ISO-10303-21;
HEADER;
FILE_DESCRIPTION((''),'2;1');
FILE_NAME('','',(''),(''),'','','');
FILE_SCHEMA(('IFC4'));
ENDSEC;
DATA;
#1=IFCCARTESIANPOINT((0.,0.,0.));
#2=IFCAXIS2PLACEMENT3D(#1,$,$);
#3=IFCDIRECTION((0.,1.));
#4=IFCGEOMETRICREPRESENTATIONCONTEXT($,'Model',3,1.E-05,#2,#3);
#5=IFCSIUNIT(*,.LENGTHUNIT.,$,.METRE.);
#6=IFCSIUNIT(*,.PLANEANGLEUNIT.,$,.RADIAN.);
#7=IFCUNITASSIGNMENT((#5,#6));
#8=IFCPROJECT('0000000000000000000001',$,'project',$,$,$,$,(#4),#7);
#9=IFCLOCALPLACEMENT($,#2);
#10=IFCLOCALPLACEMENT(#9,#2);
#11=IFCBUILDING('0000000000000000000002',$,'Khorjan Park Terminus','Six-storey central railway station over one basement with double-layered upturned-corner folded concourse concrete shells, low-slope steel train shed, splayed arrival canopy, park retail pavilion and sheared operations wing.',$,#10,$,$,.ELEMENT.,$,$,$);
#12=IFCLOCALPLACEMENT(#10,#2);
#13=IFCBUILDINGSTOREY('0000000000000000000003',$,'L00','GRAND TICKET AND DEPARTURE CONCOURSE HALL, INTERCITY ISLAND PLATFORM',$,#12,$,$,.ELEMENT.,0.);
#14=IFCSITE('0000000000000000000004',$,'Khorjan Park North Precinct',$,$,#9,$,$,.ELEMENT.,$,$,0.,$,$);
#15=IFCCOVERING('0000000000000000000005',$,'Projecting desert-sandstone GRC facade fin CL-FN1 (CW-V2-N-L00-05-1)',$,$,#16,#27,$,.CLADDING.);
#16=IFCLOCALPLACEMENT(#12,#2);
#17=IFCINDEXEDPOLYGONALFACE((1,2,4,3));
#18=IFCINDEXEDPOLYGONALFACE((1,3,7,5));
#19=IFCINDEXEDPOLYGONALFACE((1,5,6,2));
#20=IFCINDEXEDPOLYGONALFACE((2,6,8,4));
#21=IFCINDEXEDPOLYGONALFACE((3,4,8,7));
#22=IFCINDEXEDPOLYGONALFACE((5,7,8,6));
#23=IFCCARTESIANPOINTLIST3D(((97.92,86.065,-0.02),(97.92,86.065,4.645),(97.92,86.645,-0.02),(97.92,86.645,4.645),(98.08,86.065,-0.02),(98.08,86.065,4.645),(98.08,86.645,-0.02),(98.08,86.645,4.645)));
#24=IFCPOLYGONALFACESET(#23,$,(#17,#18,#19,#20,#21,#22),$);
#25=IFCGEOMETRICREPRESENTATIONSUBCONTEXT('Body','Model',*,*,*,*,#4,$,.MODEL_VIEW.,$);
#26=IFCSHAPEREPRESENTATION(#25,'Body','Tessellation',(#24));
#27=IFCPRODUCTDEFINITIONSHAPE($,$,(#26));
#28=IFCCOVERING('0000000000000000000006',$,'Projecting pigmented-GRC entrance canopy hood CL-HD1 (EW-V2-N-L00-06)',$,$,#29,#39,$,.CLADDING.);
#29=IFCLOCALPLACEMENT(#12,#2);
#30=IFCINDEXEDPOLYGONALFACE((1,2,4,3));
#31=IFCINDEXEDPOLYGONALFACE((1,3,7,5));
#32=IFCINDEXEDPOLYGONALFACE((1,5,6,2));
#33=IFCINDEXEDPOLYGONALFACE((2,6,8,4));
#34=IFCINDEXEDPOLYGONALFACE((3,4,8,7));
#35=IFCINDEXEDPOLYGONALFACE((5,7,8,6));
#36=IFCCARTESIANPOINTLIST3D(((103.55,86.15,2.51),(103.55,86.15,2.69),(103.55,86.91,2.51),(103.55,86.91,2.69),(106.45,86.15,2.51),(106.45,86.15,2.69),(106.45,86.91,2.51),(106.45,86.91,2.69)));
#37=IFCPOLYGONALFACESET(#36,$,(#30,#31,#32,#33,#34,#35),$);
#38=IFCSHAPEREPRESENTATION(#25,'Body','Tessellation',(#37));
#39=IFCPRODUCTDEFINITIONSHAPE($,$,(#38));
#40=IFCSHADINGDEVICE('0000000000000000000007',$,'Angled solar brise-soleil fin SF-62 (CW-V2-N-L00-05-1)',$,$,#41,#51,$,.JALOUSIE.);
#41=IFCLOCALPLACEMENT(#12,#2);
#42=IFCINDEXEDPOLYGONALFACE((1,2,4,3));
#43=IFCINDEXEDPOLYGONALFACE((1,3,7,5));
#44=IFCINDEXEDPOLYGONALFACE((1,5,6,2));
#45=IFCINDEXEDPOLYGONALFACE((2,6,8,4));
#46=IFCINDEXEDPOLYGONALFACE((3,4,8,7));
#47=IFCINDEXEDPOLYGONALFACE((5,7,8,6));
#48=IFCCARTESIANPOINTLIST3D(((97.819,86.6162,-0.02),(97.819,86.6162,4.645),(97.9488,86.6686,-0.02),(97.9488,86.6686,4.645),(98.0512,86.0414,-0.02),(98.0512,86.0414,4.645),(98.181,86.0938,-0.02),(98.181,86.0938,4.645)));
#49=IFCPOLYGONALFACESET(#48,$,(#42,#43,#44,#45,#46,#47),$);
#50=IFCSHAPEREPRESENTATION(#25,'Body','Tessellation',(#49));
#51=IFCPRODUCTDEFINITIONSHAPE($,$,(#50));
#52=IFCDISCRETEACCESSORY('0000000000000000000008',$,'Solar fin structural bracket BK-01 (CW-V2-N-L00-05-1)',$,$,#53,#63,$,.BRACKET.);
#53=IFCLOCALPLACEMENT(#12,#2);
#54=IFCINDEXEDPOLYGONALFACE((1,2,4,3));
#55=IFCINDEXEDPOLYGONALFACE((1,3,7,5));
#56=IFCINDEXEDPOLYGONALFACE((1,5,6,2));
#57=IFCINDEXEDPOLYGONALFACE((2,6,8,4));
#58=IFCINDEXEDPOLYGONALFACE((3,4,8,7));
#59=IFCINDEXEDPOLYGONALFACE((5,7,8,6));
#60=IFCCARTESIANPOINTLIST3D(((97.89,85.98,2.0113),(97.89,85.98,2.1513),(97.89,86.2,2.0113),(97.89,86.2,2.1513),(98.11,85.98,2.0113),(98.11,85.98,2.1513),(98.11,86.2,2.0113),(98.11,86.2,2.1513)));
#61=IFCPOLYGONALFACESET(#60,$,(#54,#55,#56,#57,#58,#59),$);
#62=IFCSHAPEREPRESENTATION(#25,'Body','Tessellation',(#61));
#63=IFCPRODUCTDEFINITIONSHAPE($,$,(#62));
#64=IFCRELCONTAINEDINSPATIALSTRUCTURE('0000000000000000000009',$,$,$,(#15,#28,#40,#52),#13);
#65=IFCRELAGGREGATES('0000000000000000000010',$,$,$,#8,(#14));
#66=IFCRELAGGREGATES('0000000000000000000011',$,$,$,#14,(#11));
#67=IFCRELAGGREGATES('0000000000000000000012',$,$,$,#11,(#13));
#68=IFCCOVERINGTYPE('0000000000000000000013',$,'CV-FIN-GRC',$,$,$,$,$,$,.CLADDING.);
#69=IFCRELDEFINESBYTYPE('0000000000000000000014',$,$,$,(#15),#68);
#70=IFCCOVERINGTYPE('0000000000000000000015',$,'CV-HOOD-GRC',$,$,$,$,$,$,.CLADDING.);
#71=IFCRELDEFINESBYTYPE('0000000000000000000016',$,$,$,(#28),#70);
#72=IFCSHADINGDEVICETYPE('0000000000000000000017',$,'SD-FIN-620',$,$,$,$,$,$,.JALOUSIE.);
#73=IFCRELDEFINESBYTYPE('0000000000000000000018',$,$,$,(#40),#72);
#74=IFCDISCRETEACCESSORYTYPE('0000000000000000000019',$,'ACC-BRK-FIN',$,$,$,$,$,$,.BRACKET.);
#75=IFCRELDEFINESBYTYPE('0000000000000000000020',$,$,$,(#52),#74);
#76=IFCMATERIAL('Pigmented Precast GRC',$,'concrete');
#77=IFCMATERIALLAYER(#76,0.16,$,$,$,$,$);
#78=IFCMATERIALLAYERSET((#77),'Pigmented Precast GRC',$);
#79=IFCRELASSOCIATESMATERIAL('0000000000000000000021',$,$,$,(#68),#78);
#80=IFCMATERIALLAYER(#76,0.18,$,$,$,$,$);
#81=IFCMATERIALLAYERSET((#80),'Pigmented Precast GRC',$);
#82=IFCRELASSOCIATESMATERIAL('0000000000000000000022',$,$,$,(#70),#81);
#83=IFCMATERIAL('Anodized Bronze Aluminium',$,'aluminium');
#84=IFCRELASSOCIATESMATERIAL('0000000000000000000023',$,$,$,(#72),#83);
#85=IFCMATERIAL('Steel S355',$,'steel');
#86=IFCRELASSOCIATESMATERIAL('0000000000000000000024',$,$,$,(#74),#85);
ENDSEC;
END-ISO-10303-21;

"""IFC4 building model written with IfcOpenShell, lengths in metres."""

from ifc_helpers import new_model, si_unit, direction, frame, origin, origin_2d, place, context, subcontext, project, spatial, rectangle, extrude, material, layer, layer_set, type_object, element, save


model = new_model("IFC4")

# Units and contexts
model_context = context("Model", 3, precision=1e-05, world=origin(), true_north=direction((0.0, 1.0)))
body_context = subcontext(model_context, "Body", "Model", "MODEL_VIEW")
ifc_project = project(units=[si_unit("LENGTHUNIT", "METRE"), si_unit("PLANEANGLEUNIT", "RADIAN")], contexts=[model_context])

# Site, building, storey
site_placement = place(None, origin())
site = spatial("IfcSite", under=ifc_project, at=site_placement, Name="Khorjan Park North Precinct", CompositionType="ELEMENT", RefElevation=0.0)
building_placement = place(site_placement, origin())
building = spatial("IfcBuilding", under=site, at=building_placement, Name="Khorjan Park Terminus", Description="Six-storey central railway station over one basement with double-layered upturned-corner folded concourse concrete shells, low-slope steel train shed, splayed arrival canopy, park retail pavilion and sheared operations wing.", CompositionType="ELEMENT")
storey_placement = place(building_placement, origin())
storey = spatial("IfcBuildingStorey", under=building, at=storey_placement, Name="L00", Description="GRAND TICKET AND DEPARTURE CONCOURSE HALL, INTERCITY ISLAND PLATFORM", CompositionType="ELEMENT", Elevation=0.0)

# Shared definitions
ifc_material_1 = material(Name="Anodized Bronze Aluminium", Category="aluminium")

# Coverings
ifc_material_2 = material(Name="Pigmented Precast GRC", Category="concrete")
ifc_layer_1 = layer(ifc_material_2, 0.16)
ifc_layer_set_1 = layer_set([ifc_layer_1], Name="Pigmented Precast GRC")
covering_type_1 = type_object("IfcCoveringType", Name="CV-FIN-GRC", PredefinedType="CLADDING", material=ifc_layer_set_1)
covering_1_placement = place(storey_placement, frame((98.0, 86.355, -0.02), z_axis=(0.0, 0.0, 1.0), x_axis=(0.0, -1.0, 0.0)))
element("IfcCovering", 1, at=covering_1_placement, inside=storey, type_object=covering_type_1, Name="Projecting desert-sandstone GRC facade fin CL-FN1 (CW-V2-N-L00-05-1)", PredefinedType="CLADDING", context=body_context, shape_type="SweptSolid", body=[
    extrude(rectangle(XDim=0.58, YDim=0.16, at=origin_2d()), origin(), (0.0, 0.0, 1.0), 4.665),
])
ifc_layer_2 = layer(ifc_material_2, 0.18)
ifc_layer_set_2 = layer_set([ifc_layer_2], Name="Pigmented Precast GRC")
covering_type_2 = type_object("IfcCoveringType", Name="CV-HOOD-GRC", PredefinedType="CLADDING", material=ifc_layer_set_2)
covering_2_placement = place(storey_placement, frame((105.0, 86.53, 2.51), z_axis=(0.0, 0.0, 1.0), x_axis=(-1.0, 0.0, 0.0)))
element("IfcCovering", 2, at=covering_2_placement, inside=storey, type_object=covering_type_2, Name="Projecting pigmented-GRC entrance canopy hood CL-HD1 (EW-V2-N-L00-06)", PredefinedType="CLADDING", context=body_context, shape_type="SweptSolid", body=[
    extrude(rectangle(XDim=2.9, YDim=0.76, at=origin_2d()), origin(), (0.0, 0.0, 1.0), 0.18),
])

# Shared definitions
ifc_material_3 = material(Name="Steel S355", Category="steel")

# Shading device
shading_device_type = type_object("IfcShadingDeviceType", Name="SD-FIN-620", PredefinedType="JALOUSIE", material=ifc_material_1)
shading_device_placement = place(storey_placement, frame((98.0, 86.355, -0.02), z_axis=(0.0, 0.0, 1.0), x_axis=(0.374607, -0.927184, 0.0)))
element("IfcShadingDevice", 3, at=shading_device_placement, inside=storey, type_object=shading_device_type, Name="Angled solar brise-soleil fin SF-62 (CW-V2-N-L00-05-1)", PredefinedType="JALOUSIE", context=body_context, shape_type="SweptSolid", body=[
    extrude(rectangle(XDim=0.62, YDim=0.14, at=origin_2d()), origin(), (0.0, 0.0, 1.0), 4.665),
])

# Discrete accessory
discrete_accessory_type = type_object("IfcDiscreteAccessoryType", Name="ACC-BRK-FIN", PredefinedType="BRACKET", material=ifc_material_3)
discrete_accessory_placement = place(storey_placement, frame((98.0, 86.09, 2.0113), z_axis=(0.0, 0.0, 1.0), x_axis=(-1.0, 0.0, 0.0)))
element("IfcDiscreteAccessory", 4, at=discrete_accessory_placement, inside=storey, type_object=discrete_accessory_type, Name="Solar fin structural bracket BK-01 (CW-V2-N-L00-05-1)", PredefinedType="BRACKET", context=body_context, shape_type="SweptSolid", body=[
    extrude(rectangle(XDim=0.22, YDim=0.22, at=origin_2d()), origin(), (0.0, 0.0, 1.0), 0.14),
])

save(model, "model.ifc")
